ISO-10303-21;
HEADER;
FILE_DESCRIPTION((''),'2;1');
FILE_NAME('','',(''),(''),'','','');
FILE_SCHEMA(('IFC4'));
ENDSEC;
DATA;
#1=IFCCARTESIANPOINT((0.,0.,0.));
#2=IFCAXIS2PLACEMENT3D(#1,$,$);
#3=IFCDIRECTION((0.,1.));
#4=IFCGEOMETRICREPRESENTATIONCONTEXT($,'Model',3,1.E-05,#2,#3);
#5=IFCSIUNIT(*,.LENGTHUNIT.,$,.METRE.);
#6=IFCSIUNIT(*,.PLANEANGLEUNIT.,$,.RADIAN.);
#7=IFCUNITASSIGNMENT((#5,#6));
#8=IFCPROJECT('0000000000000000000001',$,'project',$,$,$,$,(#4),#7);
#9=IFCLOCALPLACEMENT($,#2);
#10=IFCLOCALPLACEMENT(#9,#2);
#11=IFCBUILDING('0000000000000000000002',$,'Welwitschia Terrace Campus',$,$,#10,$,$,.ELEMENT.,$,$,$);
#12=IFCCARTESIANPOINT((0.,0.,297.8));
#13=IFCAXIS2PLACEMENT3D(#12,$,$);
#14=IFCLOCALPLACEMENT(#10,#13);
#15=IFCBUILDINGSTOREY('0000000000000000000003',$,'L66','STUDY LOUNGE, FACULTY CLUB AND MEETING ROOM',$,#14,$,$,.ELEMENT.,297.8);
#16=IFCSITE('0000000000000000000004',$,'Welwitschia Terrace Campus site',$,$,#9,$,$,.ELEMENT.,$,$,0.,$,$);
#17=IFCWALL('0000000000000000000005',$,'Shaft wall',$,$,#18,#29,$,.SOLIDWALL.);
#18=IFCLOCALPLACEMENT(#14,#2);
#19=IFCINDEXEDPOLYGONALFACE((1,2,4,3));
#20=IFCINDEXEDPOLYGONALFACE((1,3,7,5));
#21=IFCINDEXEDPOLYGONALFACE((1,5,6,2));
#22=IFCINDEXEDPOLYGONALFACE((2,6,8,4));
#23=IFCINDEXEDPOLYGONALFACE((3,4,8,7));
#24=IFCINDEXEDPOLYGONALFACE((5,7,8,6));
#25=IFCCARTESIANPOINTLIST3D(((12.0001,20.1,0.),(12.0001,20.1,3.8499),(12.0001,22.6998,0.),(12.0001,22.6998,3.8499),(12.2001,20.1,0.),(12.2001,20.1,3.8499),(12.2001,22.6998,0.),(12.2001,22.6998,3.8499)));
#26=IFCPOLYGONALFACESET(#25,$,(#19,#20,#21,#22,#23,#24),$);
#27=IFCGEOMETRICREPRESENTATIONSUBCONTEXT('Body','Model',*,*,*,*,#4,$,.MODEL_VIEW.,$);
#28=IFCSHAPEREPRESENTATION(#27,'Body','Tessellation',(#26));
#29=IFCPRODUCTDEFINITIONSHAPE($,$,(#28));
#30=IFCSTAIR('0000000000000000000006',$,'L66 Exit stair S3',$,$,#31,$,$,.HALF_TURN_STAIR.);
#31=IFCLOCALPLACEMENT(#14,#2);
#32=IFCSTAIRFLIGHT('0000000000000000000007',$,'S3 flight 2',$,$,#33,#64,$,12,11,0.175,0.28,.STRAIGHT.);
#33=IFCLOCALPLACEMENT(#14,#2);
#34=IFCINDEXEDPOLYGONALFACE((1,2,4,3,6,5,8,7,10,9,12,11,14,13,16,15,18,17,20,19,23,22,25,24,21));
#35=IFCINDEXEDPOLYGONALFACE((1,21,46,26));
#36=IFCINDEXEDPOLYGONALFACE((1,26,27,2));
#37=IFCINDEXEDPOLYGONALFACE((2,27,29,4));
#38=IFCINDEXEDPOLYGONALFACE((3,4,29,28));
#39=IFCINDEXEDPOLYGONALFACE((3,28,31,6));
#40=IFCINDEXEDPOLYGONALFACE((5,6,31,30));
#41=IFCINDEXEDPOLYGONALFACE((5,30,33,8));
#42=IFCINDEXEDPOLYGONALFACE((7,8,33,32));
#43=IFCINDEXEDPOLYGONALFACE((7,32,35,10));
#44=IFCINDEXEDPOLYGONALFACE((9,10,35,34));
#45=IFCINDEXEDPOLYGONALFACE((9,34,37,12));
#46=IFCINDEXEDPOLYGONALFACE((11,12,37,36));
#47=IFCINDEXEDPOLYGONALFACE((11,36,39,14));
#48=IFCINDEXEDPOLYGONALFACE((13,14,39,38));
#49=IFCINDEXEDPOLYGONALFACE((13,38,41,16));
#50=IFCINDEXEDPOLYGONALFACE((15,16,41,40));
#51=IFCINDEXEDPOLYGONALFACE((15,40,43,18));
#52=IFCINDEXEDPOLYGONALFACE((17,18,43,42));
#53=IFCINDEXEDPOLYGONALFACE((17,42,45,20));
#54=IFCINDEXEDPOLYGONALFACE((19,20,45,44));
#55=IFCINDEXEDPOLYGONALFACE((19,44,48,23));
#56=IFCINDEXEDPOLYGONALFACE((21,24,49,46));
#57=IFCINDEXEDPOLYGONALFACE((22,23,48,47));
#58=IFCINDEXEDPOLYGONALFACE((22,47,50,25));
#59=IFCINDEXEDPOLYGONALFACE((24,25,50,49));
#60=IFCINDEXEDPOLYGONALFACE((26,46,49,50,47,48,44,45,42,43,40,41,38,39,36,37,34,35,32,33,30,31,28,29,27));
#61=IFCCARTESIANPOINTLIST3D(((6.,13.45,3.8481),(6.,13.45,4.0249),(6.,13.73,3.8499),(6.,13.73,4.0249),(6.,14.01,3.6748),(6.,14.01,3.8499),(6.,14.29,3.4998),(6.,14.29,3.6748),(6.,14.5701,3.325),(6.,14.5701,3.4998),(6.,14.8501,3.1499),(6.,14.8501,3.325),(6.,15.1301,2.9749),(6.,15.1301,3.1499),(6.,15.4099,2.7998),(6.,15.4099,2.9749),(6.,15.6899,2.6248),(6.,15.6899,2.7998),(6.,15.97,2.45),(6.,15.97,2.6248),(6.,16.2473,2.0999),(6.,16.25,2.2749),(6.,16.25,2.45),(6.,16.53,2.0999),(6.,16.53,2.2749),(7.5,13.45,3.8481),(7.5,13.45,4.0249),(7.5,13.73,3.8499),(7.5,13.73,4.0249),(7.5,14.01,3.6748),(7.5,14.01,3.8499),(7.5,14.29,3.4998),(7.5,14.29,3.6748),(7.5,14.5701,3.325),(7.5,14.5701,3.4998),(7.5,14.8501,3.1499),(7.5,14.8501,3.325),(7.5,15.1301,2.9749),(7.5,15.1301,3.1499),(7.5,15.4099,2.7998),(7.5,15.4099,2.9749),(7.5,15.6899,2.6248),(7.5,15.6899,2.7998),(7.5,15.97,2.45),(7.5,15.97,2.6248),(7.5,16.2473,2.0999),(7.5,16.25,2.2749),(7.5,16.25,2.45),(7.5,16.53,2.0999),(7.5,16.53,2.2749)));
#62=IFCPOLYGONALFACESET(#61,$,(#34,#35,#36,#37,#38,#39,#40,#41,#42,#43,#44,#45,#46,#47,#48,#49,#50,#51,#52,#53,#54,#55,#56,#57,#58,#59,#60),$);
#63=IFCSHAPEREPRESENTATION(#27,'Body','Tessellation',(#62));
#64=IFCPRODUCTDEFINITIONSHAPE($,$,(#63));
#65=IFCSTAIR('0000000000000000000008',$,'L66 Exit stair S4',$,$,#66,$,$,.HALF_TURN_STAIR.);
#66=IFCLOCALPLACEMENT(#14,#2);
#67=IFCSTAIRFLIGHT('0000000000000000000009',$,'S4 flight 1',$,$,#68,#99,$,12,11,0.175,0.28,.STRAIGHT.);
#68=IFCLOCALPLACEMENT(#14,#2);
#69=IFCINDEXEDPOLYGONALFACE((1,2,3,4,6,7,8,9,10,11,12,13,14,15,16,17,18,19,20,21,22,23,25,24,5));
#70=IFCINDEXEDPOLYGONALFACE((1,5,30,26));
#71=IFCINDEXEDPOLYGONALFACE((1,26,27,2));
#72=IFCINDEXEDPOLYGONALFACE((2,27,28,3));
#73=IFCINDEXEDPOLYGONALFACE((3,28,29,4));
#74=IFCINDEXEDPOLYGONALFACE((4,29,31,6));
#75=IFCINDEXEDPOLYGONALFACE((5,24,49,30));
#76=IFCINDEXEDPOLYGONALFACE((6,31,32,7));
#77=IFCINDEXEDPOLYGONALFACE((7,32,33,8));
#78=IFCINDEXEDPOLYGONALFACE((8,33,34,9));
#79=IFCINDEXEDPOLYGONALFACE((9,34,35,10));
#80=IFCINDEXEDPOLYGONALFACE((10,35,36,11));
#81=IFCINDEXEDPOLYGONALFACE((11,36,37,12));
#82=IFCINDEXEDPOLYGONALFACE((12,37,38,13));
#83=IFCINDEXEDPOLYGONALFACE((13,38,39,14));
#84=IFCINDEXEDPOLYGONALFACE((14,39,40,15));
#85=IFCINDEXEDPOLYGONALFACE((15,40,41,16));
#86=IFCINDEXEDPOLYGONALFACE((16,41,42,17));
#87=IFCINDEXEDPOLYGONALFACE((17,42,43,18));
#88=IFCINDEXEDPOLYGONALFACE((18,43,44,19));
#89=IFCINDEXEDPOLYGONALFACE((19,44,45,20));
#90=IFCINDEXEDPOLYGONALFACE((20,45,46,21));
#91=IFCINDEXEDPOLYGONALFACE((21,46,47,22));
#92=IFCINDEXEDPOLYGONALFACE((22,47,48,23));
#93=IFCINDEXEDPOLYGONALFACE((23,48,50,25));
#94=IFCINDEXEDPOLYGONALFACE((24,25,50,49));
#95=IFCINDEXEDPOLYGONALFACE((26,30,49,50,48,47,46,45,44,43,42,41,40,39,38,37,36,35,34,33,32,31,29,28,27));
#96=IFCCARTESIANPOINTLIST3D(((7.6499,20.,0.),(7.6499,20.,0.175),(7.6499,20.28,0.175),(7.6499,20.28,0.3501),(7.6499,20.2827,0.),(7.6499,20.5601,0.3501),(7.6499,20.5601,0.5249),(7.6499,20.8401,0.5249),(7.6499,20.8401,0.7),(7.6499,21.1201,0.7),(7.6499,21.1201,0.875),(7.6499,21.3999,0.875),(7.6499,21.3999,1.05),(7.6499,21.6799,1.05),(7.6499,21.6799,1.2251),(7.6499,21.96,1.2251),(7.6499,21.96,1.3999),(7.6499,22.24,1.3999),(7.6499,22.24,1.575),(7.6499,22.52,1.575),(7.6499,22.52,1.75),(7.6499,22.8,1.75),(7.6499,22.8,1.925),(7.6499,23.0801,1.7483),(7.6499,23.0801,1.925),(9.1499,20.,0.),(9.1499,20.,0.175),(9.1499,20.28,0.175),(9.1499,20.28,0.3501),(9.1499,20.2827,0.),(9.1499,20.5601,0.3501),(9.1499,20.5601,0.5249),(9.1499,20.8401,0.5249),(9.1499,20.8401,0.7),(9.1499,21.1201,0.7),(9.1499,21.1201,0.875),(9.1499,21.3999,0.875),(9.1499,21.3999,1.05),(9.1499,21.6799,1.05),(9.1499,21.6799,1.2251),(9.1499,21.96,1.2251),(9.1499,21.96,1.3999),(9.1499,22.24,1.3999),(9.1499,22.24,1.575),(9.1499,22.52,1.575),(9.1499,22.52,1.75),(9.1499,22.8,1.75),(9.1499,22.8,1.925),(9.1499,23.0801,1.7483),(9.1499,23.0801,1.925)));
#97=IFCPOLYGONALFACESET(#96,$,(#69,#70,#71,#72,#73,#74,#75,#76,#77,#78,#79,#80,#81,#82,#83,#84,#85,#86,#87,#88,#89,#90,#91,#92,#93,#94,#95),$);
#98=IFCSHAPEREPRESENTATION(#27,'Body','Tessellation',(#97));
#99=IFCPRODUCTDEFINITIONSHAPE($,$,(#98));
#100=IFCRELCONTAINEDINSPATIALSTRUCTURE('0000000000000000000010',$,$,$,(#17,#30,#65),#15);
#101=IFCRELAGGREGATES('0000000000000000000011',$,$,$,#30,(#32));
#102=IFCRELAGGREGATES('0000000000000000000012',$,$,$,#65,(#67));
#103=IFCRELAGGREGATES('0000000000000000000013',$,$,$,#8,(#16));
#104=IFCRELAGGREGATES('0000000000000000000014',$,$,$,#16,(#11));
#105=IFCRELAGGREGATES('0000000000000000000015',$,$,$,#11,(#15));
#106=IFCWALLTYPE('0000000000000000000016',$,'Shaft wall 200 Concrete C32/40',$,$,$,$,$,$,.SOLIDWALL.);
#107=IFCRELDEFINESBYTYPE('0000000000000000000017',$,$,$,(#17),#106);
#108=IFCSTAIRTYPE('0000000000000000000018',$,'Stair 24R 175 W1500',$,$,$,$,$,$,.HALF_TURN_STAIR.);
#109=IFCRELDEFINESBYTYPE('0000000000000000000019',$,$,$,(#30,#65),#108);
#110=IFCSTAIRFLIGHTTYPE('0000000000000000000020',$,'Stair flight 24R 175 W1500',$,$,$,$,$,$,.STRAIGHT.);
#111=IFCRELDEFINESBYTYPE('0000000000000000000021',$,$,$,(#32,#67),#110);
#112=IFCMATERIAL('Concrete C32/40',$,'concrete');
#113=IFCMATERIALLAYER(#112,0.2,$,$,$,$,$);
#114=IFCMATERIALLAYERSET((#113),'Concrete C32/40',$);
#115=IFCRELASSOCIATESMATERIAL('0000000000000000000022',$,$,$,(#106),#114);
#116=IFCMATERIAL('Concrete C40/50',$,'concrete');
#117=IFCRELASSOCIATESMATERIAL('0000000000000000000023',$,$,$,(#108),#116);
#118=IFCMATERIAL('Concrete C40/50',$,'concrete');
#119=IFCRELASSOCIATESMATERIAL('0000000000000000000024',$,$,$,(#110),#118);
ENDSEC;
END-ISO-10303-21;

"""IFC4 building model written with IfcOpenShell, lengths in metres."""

from ifc_helpers import new_model, si_unit, direction, frame, frame_2d, origin, place, context, subcontext, project, spatial, polyline, rectangle, outline, extrude, material, layer, layer_set, type_object, element, aggregate, save


model = new_model("IFC4")

# Units and contexts
model_context = context("Model", 3, precision=1e-05, world=origin(), true_north=direction((0.0, 1.0)))
body_context = subcontext(model_context, "Body", "Model", "MODEL_VIEW")
ifc_project = project(units=[si_unit("LENGTHUNIT", "METRE"), si_unit("PLANEANGLEUNIT", "RADIAN")], contexts=[model_context])

# Site, building, storey
site_placement = place(None, origin())
site = spatial("IfcSite", under=ifc_project, at=site_placement, Name="Welwitschia Terrace Campus site", CompositionType="ELEMENT", RefElevation=0.0)
building_placement = place(site_placement, origin())
building = spatial("IfcBuilding", under=site, at=building_placement, Name="Welwitschia Terrace Campus", CompositionType="ELEMENT")
storey_placement = place(building_placement, frame((0.0, 0.0, 297.8)))
storey = spatial("IfcBuildingStorey", under=building, at=storey_placement, Name="L66", Description="STUDY LOUNGE, FACULTY CLUB AND MEETING ROOM", CompositionType="ELEMENT", Elevation=297.8)

# Wall
ifc_material_1 = material(Name="Concrete C32/40", Category="concrete")
ifc_layer_1 = layer(ifc_material_1, 0.2)
ifc_layer_set_1 = layer_set([ifc_layer_1], Name="Concrete C32/40")
wall_type_1 = type_object("IfcWallType", Name="Shaft wall 200 Concrete C32/40", PredefinedType="SOLIDWALL", material=ifc_layer_set_1)
wall_1_placement = place(storey_placement, frame((12.1001, 20.1001, 0.0), z_axis=(0.0, 0.0, 1.0), x_axis=(0.0, 1.0, 0.0)))
element("IfcWall", 1, at=wall_1_placement, inside=storey, type_object=wall_type_1, Name="Shaft wall", PredefinedType="SOLIDWALL", context=body_context, shape_type="SweptSolid", body=[
    extrude(rectangle(XDim=2.5999, YDim=0.2, at=frame_2d((1.2998, 0.0))), origin(), (0.0, 0.0, 1.0), 3.8499),
])

# Stairs, stair flights
ifc_material_2 = material(Name="Concrete C40/50", Category="concrete")
stair_type = type_object("IfcStairType", Name="Stair 24R 175 W1500", PredefinedType="HALF_TURN_STAIR", material=ifc_material_2)
stair_1_placement = place(storey_placement, origin())
stair_1 = element("IfcStair", 2, at=stair_1_placement, inside=storey, type_object=stair_type, Name="L66 Exit stair S3", PredefinedType="HALF_TURN_STAIR")
ifc_material_3 = material(Name="Concrete C40/50", Category="concrete")
stair_flight_type = type_object("IfcStairFlightType", Name="Stair flight 24R 175 W1500", PredefinedType="STRAIGHT", material=ifc_material_3)
stair_flight_1_placement = place(storey_placement, frame((6.75, 16.53, 2.0999), z_axis=(0.0, 0.0, 1.0), x_axis=(0.0, -1.0, 0.0)))
stair_flight_1 = element("IfcStairFlight", 3, at=stair_flight_1_placement, type_object=stair_flight_type, Name="S3 flight 2", NumberOfRisers=12, NumberOfTreads=11, PredefinedType="STRAIGHT", RiserHeight=0.175, TreadLength=0.28, context=body_context, shape_type="SweptSolid", body=[
    extrude(outline(polyline([(0.0, 0.0), (0.0, 0.175), (0.28, 0.175), (0.28, 0.3501), (0.5601, 0.3501), (0.5601, 0.5249), (0.8401, 0.5249), (0.8401, 0.7), (1.1201, 0.7), (1.1201, 0.875), (1.3999, 0.875), (1.3999, 1.05), (1.6799, 1.05), (1.6799, 1.2251), (1.96, 1.2251), (1.96, 1.3999), (2.24, 1.3999), (2.24, 1.575), (2.52, 1.575), (2.52, 1.75), (2.8, 1.75), (2.8, 1.925), (3.0801, 1.925), (3.0801, 2.1001), (3.0801, 1.7483), (0.2827, 0.0), (0.0, 0.0)])), frame((0.0, 0.75, 0.0), z_axis=(0.0, -1.0, 0.0), x_axis=(1.0, 0.0, 0.0)), (0.0, 0.0, 1.0), 1.5),
])
aggregate(stair_1, [stair_flight_1])
stair_2_placement = place(storey_placement, origin())
stair_2 = element("IfcStair", 4, at=stair_2_placement, inside=storey, type_object=stair_type, Name="L66 Exit stair S4", PredefinedType="HALF_TURN_STAIR")
stair_flight_2_placement = place(storey_placement, frame((8.3999, 20.0, 0.0), z_axis=(0.0, 0.0, 1.0), x_axis=(0.0, 1.0, 0.0)))
stair_flight_2 = element("IfcStairFlight", 5, at=stair_flight_2_placement, type_object=stair_flight_type, Name="S4 flight 1", NumberOfRisers=12, NumberOfTreads=11, PredefinedType="STRAIGHT", RiserHeight=0.175, TreadLength=0.28, context=body_context, shape_type="SweptSolid", body=[
    extrude(outline(polyline([(0.0, 0.0), (0.0, 0.175), (0.28, 0.175), (0.28, 0.3501), (0.5601, 0.3501), (0.5601, 0.5249), (0.8401, 0.5249), (0.8401, 0.7), (1.1201, 0.7), (1.1201, 0.875), (1.3999, 0.875), (1.3999, 1.05), (1.6799, 1.05), (1.6799, 1.2251), (1.96, 1.2251), (1.96, 1.3999), (2.24, 1.3999), (2.24, 1.575), (2.52, 1.575), (2.52, 1.75), (2.8, 1.75), (2.8, 1.925), (3.0801, 1.925), (3.0801, 2.1001), (3.0801, 1.7483), (0.2827, 0.0), (0.0, 0.0)])), frame((0.0, 0.75, 0.0), z_axis=(0.0, -1.0, 0.0), x_axis=(1.0, 0.0, 0.0)), (0.0, 0.0, 1.0), 1.5),
])
aggregate(stair_2, [stair_flight_2])

save(model, "model.ifc")
